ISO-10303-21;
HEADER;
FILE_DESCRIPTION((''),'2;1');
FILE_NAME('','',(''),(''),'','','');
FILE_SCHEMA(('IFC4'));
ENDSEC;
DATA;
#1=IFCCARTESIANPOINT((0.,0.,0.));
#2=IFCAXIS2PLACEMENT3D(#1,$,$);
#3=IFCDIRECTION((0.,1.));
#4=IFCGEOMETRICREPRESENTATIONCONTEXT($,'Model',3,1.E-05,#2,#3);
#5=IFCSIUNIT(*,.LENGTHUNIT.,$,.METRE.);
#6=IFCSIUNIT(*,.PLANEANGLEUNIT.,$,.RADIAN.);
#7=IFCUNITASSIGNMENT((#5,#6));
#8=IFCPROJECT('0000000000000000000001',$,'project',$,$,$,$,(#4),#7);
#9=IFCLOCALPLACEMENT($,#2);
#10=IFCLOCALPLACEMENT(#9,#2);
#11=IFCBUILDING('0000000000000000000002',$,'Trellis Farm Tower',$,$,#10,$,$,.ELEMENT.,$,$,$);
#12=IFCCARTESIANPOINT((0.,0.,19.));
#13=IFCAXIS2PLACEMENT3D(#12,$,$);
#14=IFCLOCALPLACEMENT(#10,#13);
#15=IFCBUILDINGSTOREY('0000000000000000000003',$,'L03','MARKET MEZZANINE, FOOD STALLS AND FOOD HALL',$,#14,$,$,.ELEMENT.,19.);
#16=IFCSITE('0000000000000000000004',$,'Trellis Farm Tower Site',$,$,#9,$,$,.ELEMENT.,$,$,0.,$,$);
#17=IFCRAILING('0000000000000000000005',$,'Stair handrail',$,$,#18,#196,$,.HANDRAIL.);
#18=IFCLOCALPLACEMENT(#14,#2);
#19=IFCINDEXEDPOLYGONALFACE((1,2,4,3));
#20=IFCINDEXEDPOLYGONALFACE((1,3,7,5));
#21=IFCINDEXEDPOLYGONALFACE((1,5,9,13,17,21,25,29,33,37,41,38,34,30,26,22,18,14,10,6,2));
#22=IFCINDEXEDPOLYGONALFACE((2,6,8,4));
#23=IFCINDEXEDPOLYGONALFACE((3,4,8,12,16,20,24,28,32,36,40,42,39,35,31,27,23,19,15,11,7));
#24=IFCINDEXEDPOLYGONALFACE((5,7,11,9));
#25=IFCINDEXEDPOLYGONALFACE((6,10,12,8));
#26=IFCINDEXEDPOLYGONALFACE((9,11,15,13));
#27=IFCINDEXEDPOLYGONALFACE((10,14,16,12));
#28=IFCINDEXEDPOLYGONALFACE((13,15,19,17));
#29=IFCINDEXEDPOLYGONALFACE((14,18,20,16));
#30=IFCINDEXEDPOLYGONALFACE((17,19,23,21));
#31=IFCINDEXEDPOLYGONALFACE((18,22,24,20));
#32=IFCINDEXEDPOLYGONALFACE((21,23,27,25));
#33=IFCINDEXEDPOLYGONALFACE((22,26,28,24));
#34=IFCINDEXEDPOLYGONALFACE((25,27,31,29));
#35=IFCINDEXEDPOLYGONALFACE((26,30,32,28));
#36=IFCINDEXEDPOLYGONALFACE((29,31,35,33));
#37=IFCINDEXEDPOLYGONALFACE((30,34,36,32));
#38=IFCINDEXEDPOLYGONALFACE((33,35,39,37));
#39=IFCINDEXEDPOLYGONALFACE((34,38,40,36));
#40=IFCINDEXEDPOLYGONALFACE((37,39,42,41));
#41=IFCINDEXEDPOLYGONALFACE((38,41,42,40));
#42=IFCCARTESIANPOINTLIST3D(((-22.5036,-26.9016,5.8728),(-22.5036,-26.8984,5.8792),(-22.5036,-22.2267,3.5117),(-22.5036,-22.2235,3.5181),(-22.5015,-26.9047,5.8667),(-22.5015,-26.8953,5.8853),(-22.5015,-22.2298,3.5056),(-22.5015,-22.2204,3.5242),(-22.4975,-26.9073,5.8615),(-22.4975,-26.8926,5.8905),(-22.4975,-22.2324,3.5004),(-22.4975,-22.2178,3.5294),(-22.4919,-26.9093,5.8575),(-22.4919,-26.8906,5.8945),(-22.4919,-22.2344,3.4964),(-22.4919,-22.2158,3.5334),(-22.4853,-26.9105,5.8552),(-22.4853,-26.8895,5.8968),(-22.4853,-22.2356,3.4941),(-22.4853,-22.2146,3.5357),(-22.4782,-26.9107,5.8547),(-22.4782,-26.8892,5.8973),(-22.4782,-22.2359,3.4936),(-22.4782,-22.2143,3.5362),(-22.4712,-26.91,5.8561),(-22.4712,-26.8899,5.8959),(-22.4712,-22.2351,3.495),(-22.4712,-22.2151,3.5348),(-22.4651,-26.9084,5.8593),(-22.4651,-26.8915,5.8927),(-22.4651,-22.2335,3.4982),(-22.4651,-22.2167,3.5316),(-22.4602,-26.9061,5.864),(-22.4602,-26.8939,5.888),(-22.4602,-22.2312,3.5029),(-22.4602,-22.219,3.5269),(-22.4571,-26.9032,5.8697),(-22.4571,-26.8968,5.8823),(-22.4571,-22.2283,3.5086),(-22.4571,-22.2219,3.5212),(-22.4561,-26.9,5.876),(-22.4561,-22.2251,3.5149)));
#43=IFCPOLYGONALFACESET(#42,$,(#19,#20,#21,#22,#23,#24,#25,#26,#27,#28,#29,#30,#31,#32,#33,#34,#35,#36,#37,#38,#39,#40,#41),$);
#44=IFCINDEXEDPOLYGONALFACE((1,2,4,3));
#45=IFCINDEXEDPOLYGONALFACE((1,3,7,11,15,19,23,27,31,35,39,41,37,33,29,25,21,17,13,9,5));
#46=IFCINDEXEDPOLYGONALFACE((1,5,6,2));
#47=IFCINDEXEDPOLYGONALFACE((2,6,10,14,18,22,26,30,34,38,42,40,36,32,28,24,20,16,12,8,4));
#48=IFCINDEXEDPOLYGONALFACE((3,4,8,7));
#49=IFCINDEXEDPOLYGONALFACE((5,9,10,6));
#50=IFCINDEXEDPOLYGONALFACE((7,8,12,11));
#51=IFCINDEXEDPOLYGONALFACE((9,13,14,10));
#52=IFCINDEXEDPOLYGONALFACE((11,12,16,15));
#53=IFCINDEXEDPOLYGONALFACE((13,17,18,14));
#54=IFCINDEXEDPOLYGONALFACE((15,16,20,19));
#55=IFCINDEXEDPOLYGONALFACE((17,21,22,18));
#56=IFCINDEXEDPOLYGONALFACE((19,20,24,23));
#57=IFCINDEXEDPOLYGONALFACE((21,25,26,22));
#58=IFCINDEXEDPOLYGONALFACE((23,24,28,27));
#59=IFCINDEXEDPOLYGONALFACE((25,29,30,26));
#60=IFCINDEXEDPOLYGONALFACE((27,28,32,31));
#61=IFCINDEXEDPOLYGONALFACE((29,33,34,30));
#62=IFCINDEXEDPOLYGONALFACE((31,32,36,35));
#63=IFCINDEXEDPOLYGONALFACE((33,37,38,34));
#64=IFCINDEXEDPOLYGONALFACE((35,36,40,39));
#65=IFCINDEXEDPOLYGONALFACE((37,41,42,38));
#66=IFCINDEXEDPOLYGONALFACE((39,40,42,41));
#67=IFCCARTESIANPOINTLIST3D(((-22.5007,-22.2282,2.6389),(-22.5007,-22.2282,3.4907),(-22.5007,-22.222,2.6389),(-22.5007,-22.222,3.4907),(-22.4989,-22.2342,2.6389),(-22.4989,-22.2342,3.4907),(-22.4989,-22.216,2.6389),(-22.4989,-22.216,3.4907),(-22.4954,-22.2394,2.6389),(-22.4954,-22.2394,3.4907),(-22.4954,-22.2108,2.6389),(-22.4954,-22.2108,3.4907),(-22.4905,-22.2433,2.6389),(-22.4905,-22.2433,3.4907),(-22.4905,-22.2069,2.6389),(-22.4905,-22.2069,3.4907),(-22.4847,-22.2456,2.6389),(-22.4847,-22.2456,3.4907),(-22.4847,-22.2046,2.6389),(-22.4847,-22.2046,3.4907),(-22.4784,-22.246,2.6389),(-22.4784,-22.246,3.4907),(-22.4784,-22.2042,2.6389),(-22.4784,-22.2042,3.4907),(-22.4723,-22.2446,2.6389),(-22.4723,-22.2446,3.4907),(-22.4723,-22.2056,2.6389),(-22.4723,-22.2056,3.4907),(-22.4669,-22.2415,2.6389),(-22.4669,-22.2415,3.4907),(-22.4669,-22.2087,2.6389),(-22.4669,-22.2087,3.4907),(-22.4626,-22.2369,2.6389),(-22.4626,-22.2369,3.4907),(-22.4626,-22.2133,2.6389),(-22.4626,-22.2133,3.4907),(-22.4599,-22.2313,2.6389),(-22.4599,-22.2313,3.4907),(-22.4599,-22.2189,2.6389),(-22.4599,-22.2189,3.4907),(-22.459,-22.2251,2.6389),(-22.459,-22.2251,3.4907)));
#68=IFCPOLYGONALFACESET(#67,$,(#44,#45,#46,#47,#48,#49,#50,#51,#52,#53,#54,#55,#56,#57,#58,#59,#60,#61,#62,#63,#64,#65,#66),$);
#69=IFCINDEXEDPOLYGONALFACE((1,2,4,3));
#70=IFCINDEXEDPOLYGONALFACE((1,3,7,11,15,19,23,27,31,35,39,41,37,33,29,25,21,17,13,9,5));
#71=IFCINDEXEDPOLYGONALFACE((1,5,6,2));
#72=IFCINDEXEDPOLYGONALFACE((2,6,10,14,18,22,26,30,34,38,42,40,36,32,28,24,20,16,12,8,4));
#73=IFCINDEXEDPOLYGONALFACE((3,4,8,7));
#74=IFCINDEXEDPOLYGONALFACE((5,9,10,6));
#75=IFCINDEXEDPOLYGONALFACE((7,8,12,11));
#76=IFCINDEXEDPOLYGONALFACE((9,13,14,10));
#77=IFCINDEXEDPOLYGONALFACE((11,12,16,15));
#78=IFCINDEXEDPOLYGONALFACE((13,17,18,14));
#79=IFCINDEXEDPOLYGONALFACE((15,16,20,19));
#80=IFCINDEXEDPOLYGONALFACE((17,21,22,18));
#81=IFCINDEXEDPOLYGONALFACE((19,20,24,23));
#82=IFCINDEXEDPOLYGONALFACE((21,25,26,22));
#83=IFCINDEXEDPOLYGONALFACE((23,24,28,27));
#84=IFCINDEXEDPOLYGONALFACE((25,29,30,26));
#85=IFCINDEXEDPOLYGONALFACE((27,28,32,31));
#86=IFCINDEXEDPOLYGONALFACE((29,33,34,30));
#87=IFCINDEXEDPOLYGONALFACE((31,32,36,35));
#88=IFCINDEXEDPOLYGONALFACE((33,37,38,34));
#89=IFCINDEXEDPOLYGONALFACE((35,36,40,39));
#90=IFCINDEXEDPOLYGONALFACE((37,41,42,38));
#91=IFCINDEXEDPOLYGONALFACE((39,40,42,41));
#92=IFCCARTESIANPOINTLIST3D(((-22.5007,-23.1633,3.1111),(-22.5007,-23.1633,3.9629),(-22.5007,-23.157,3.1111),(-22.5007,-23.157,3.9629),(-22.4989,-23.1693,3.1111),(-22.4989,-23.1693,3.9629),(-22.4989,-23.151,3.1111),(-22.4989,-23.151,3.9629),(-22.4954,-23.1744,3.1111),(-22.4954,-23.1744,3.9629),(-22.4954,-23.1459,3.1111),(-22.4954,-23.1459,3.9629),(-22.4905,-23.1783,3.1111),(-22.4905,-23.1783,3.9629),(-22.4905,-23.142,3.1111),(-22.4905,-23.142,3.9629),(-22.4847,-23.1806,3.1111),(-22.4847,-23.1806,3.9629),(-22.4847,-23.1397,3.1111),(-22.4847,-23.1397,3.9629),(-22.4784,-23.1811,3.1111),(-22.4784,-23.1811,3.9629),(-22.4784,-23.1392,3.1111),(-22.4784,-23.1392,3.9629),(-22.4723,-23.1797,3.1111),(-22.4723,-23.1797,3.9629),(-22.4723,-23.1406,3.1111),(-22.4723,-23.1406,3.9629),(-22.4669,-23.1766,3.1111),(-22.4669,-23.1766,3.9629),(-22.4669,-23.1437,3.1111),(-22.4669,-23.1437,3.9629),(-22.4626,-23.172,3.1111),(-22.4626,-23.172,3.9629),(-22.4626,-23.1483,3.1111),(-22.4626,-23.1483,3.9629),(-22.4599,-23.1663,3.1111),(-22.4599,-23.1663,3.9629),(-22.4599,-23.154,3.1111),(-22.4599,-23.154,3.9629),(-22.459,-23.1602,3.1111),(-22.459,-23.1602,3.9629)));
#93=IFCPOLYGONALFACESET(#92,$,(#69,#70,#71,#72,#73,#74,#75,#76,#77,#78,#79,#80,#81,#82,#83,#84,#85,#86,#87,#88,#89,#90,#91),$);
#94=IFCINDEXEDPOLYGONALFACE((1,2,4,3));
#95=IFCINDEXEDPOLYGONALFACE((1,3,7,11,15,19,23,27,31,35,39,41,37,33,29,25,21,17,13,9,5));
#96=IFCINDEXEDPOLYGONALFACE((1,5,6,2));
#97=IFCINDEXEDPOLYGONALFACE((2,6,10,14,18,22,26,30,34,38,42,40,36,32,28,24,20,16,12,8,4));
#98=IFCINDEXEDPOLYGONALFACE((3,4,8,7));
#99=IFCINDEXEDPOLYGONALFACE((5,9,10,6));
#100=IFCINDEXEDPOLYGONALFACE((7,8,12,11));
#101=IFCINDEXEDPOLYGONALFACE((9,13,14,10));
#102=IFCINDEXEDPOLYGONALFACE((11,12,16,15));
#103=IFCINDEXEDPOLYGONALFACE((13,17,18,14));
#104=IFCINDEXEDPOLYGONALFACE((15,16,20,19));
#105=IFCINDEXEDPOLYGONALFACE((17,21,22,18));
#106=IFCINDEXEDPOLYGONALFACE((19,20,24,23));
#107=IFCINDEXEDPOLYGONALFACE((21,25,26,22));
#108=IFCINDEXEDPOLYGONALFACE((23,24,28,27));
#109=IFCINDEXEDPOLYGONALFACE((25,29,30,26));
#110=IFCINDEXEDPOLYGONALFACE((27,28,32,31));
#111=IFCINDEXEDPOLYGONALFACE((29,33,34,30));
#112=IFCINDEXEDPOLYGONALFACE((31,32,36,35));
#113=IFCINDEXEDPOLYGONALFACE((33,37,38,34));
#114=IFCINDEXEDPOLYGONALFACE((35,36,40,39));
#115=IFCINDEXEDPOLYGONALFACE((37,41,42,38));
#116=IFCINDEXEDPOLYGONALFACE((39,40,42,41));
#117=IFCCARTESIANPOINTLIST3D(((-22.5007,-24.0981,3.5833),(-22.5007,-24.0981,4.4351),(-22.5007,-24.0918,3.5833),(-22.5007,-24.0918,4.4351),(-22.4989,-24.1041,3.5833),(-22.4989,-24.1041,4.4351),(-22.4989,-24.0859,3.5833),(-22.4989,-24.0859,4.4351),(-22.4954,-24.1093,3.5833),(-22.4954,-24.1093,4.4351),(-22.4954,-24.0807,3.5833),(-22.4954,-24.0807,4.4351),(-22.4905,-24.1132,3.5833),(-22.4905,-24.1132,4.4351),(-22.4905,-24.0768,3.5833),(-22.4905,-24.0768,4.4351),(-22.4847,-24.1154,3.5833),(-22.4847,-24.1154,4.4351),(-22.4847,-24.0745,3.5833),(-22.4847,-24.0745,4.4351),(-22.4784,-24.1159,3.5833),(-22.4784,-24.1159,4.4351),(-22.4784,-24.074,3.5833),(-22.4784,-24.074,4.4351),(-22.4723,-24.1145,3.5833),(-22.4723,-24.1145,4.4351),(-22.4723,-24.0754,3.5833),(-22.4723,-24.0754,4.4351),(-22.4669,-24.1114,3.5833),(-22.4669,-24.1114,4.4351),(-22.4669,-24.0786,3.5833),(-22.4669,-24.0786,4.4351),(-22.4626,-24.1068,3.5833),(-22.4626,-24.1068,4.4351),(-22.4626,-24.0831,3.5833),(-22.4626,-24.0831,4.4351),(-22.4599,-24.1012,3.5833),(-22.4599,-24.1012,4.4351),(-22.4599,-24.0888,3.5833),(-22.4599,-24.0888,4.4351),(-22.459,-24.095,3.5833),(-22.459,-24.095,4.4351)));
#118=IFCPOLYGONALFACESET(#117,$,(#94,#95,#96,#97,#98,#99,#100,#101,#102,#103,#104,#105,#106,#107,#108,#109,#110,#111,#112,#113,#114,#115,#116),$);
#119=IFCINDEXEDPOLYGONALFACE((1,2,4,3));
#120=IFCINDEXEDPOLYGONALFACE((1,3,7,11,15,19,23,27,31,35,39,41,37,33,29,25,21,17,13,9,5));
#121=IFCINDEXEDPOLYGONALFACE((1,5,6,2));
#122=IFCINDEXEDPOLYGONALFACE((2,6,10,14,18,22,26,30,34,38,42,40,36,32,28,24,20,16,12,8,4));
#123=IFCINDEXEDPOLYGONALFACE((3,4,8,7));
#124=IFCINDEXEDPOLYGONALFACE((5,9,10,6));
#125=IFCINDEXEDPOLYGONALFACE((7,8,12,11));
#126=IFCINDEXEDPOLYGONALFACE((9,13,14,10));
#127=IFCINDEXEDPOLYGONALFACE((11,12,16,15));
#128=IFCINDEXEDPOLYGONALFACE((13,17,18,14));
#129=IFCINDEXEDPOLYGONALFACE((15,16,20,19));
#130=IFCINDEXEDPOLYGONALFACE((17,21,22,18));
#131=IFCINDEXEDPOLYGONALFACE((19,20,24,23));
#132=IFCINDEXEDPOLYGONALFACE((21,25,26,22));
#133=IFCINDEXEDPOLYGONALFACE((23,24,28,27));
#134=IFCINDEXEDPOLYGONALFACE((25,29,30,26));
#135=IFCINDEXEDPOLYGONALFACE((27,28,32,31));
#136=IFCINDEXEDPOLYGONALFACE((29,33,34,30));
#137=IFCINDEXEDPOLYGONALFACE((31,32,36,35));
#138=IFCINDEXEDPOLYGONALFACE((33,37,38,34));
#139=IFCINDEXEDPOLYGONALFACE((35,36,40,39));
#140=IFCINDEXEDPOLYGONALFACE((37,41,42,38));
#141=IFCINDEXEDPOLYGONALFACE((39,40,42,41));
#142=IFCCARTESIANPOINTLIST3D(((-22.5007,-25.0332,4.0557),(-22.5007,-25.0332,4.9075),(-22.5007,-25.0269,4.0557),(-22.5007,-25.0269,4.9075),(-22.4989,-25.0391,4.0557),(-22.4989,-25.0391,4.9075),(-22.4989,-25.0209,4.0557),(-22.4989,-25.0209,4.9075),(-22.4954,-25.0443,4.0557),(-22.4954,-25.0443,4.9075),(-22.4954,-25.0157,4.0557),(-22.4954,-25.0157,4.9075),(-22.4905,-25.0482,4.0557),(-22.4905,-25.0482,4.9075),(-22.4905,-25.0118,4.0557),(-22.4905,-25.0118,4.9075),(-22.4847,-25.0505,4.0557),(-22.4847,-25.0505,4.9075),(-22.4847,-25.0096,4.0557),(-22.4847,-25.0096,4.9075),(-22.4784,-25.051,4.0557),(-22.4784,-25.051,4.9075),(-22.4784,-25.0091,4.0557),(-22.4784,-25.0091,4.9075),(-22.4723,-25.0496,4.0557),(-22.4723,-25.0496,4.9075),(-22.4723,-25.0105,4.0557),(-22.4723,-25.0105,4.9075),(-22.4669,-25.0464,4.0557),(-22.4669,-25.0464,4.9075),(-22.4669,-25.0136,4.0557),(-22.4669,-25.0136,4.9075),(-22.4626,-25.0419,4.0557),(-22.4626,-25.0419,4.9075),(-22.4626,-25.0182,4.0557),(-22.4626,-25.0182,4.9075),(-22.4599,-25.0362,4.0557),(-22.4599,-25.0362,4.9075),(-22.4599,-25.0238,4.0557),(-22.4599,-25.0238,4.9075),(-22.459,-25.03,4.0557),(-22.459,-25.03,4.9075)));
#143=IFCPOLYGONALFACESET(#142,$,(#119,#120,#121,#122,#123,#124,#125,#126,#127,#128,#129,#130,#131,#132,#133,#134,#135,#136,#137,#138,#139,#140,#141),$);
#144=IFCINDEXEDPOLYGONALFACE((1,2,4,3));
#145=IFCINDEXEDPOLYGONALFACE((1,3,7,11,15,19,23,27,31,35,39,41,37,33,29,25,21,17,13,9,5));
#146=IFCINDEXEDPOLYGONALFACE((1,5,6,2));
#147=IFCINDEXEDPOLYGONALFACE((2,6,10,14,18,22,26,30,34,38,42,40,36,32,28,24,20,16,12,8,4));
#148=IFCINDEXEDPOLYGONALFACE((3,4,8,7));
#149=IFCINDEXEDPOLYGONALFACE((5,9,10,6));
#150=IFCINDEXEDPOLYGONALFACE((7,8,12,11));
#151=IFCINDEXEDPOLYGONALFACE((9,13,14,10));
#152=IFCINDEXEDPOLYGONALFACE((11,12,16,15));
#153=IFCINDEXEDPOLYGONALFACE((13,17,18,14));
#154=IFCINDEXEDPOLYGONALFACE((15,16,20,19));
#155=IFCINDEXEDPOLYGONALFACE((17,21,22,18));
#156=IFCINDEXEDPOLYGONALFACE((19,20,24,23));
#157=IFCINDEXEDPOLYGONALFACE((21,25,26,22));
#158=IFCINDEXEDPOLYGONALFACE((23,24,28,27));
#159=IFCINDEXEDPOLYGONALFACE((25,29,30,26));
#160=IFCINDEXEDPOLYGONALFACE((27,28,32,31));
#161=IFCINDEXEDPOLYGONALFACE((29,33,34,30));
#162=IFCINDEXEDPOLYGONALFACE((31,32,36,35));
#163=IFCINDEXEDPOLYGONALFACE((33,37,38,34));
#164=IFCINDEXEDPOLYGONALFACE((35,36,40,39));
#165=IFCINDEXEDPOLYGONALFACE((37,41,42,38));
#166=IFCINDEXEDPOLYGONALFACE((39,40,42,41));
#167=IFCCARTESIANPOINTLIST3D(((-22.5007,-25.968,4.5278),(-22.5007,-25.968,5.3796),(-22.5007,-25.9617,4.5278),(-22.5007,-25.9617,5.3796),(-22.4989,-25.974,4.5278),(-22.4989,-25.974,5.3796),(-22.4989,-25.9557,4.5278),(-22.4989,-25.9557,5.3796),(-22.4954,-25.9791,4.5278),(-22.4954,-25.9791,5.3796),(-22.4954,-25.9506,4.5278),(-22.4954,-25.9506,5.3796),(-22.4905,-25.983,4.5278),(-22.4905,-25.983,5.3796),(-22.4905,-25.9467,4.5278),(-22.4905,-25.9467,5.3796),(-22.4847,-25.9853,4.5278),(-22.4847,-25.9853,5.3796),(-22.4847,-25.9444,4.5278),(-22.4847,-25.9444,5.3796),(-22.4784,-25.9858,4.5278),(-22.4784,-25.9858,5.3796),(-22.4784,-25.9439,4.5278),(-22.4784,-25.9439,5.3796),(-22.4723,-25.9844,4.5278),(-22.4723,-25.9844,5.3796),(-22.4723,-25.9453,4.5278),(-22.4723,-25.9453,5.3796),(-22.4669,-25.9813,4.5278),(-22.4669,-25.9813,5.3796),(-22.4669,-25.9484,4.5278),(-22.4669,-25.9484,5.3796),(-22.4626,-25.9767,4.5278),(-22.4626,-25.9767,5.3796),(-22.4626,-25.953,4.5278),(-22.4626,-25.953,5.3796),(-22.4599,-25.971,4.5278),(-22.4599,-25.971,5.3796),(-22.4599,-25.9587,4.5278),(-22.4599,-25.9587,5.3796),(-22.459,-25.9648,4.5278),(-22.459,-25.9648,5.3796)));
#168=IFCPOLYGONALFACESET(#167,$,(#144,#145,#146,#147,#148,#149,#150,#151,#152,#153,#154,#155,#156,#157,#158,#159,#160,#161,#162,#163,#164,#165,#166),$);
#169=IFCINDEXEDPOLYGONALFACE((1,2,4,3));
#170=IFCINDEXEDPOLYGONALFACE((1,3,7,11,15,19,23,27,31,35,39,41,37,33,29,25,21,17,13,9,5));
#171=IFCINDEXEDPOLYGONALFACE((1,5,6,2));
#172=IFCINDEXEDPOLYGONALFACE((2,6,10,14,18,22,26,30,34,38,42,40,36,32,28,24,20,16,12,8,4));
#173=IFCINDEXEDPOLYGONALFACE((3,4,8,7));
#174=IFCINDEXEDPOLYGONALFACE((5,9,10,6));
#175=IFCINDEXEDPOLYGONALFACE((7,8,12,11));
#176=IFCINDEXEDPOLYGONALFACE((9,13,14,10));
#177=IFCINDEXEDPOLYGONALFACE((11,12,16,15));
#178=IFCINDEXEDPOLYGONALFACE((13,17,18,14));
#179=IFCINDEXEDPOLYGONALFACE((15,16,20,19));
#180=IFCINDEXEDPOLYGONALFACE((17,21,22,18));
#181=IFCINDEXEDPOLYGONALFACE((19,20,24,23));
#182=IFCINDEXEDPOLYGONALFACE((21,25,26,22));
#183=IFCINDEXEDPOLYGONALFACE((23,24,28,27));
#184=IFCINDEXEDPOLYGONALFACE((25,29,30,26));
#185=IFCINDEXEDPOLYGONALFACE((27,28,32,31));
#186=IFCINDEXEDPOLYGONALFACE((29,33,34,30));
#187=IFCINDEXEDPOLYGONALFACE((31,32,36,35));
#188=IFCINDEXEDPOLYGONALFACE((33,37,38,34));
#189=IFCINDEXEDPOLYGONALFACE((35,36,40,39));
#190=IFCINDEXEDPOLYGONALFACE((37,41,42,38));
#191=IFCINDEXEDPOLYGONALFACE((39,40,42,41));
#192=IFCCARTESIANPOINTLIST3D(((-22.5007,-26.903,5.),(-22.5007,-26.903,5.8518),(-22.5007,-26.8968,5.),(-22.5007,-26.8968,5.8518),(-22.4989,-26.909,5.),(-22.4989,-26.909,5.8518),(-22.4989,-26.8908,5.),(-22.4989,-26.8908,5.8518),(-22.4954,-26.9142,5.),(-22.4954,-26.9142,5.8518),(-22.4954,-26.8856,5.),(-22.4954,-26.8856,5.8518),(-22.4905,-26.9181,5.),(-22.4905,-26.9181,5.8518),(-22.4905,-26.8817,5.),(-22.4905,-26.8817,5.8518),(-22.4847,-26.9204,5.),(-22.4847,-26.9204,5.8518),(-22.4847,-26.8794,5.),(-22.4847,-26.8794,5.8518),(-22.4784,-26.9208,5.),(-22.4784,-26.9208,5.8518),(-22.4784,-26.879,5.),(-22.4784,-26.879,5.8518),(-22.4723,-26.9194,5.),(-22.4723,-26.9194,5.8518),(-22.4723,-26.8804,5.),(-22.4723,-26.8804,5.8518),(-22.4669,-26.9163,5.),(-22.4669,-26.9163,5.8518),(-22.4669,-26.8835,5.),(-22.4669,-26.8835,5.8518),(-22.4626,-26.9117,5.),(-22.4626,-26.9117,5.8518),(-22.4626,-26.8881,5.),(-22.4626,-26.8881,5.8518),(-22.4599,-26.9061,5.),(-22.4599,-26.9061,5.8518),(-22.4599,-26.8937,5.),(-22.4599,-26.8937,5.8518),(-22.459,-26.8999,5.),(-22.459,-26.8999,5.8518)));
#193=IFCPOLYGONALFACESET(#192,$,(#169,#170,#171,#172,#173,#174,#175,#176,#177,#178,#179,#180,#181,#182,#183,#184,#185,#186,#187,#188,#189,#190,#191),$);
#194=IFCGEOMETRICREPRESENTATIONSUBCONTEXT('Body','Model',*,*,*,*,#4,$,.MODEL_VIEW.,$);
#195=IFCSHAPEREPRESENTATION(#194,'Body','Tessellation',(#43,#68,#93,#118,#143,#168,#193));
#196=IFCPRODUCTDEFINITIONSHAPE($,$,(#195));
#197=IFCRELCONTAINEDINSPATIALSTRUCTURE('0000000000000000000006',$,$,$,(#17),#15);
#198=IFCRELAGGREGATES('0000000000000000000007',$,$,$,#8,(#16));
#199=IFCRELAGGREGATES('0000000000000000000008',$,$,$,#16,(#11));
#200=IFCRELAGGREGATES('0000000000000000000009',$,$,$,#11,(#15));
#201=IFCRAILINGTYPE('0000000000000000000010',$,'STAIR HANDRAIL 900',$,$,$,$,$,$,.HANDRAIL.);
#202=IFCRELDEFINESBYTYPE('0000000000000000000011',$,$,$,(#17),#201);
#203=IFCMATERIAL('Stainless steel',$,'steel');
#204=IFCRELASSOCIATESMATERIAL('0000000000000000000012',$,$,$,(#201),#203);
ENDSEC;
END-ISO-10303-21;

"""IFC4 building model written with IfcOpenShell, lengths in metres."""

from ifc_helpers import new_model, si_unit, direction, frame, origin, origin_2d, place, context, subcontext, project, spatial, circle, extrude, source, transform, mapped, material, type_object, element, save


model = new_model("IFC4")

# Units and contexts
model_context = context("Model", 3, precision=1e-05, world=origin(), true_north=direction((0.0, 1.0)))
body_context = subcontext(model_context, "Body", "Model", "MODEL_VIEW")
ifc_project = project(units=[si_unit("LENGTHUNIT", "METRE"), si_unit("PLANEANGLEUNIT", "RADIAN")], contexts=[model_context])

# Site, building, storey
site_placement = place(None, origin())
site = spatial("IfcSite", under=ifc_project, at=site_placement, Name="Trellis Farm Tower Site", CompositionType="ELEMENT", RefElevation=0.0)
building_placement = place(site_placement, origin())
building = spatial("IfcBuilding", under=site, at=building_placement, Name="Trellis Farm Tower", CompositionType="ELEMENT")
storey_placement = place(building_placement, frame((0.0, 0.0, 19.0)))
storey = spatial("IfcBuildingStorey", under=building, at=storey_placement, Name="L03", Description="MARKET MEZZANINE, FOOD STALLS AND FOOD HALL", CompositionType="ELEMENT", Elevation=19.0)

# Railing
ifc_material_1 = material(Name="Stainless steel", Category="steel")
railing_type = type_object("IfcRailingType", Name="STAIR HANDRAIL 900", PredefinedType="HANDRAIL", material=ifc_material_1)
shared_shape_1 = source(origin(), body_context, "Body", "SweptSolid", [
    extrude(circle(Radius=0.0239, at=origin_2d()), frame((0.0, 0.0, 0.876), z_axis=(0.0, -0.892611, 0.450827), x_axis=(1.0, 0.0, 0.0)), (0.0, 0.0, 1.0), 5.2373),
    extrude(circle(Radius=0.021, at=origin_2d()), origin(), (0.0, 0.0, 1.0), 0.8518),
    extrude(circle(Radius=0.021, at=origin_2d()), frame((0.0, -0.9351, 0.4722)), (0.0, 0.0, 1.0), 0.8518),
    extrude(circle(Radius=0.021, at=origin_2d()), frame((0.0, -1.8699, 0.9443)), (0.0, 0.0, 1.0), 0.8518),
    extrude(circle(Radius=0.021, at=origin_2d()), frame((0.0, -2.8049, 1.4167)), (0.0, 0.0, 1.0), 0.8518),
    extrude(circle(Radius=0.021, at=origin_2d()), frame((0.0, -3.7397, 1.8889)), (0.0, 0.0, 1.0), 0.8518),
    extrude(circle(Radius=0.021, at=origin_2d()), frame((0.0, -4.6748, 2.3611)), (0.0, 0.0, 1.0), 0.8518),
])
for number, where, name in (
    (1, (-22.48, -22.2251, 2.6389), "Stair handrail"),
):
    element("IfcRailing", number, at=place(storey_placement, frame(where)), inside=storey, type_object=railing_type, Name=name, PredefinedType="HANDRAIL", context=body_context, shape_type="MappedRepresentation", body=[
        mapped(shared_shape_1, transform((0.0, 0.0, 0.0))),
    ])

save(model, "model.ifc")
